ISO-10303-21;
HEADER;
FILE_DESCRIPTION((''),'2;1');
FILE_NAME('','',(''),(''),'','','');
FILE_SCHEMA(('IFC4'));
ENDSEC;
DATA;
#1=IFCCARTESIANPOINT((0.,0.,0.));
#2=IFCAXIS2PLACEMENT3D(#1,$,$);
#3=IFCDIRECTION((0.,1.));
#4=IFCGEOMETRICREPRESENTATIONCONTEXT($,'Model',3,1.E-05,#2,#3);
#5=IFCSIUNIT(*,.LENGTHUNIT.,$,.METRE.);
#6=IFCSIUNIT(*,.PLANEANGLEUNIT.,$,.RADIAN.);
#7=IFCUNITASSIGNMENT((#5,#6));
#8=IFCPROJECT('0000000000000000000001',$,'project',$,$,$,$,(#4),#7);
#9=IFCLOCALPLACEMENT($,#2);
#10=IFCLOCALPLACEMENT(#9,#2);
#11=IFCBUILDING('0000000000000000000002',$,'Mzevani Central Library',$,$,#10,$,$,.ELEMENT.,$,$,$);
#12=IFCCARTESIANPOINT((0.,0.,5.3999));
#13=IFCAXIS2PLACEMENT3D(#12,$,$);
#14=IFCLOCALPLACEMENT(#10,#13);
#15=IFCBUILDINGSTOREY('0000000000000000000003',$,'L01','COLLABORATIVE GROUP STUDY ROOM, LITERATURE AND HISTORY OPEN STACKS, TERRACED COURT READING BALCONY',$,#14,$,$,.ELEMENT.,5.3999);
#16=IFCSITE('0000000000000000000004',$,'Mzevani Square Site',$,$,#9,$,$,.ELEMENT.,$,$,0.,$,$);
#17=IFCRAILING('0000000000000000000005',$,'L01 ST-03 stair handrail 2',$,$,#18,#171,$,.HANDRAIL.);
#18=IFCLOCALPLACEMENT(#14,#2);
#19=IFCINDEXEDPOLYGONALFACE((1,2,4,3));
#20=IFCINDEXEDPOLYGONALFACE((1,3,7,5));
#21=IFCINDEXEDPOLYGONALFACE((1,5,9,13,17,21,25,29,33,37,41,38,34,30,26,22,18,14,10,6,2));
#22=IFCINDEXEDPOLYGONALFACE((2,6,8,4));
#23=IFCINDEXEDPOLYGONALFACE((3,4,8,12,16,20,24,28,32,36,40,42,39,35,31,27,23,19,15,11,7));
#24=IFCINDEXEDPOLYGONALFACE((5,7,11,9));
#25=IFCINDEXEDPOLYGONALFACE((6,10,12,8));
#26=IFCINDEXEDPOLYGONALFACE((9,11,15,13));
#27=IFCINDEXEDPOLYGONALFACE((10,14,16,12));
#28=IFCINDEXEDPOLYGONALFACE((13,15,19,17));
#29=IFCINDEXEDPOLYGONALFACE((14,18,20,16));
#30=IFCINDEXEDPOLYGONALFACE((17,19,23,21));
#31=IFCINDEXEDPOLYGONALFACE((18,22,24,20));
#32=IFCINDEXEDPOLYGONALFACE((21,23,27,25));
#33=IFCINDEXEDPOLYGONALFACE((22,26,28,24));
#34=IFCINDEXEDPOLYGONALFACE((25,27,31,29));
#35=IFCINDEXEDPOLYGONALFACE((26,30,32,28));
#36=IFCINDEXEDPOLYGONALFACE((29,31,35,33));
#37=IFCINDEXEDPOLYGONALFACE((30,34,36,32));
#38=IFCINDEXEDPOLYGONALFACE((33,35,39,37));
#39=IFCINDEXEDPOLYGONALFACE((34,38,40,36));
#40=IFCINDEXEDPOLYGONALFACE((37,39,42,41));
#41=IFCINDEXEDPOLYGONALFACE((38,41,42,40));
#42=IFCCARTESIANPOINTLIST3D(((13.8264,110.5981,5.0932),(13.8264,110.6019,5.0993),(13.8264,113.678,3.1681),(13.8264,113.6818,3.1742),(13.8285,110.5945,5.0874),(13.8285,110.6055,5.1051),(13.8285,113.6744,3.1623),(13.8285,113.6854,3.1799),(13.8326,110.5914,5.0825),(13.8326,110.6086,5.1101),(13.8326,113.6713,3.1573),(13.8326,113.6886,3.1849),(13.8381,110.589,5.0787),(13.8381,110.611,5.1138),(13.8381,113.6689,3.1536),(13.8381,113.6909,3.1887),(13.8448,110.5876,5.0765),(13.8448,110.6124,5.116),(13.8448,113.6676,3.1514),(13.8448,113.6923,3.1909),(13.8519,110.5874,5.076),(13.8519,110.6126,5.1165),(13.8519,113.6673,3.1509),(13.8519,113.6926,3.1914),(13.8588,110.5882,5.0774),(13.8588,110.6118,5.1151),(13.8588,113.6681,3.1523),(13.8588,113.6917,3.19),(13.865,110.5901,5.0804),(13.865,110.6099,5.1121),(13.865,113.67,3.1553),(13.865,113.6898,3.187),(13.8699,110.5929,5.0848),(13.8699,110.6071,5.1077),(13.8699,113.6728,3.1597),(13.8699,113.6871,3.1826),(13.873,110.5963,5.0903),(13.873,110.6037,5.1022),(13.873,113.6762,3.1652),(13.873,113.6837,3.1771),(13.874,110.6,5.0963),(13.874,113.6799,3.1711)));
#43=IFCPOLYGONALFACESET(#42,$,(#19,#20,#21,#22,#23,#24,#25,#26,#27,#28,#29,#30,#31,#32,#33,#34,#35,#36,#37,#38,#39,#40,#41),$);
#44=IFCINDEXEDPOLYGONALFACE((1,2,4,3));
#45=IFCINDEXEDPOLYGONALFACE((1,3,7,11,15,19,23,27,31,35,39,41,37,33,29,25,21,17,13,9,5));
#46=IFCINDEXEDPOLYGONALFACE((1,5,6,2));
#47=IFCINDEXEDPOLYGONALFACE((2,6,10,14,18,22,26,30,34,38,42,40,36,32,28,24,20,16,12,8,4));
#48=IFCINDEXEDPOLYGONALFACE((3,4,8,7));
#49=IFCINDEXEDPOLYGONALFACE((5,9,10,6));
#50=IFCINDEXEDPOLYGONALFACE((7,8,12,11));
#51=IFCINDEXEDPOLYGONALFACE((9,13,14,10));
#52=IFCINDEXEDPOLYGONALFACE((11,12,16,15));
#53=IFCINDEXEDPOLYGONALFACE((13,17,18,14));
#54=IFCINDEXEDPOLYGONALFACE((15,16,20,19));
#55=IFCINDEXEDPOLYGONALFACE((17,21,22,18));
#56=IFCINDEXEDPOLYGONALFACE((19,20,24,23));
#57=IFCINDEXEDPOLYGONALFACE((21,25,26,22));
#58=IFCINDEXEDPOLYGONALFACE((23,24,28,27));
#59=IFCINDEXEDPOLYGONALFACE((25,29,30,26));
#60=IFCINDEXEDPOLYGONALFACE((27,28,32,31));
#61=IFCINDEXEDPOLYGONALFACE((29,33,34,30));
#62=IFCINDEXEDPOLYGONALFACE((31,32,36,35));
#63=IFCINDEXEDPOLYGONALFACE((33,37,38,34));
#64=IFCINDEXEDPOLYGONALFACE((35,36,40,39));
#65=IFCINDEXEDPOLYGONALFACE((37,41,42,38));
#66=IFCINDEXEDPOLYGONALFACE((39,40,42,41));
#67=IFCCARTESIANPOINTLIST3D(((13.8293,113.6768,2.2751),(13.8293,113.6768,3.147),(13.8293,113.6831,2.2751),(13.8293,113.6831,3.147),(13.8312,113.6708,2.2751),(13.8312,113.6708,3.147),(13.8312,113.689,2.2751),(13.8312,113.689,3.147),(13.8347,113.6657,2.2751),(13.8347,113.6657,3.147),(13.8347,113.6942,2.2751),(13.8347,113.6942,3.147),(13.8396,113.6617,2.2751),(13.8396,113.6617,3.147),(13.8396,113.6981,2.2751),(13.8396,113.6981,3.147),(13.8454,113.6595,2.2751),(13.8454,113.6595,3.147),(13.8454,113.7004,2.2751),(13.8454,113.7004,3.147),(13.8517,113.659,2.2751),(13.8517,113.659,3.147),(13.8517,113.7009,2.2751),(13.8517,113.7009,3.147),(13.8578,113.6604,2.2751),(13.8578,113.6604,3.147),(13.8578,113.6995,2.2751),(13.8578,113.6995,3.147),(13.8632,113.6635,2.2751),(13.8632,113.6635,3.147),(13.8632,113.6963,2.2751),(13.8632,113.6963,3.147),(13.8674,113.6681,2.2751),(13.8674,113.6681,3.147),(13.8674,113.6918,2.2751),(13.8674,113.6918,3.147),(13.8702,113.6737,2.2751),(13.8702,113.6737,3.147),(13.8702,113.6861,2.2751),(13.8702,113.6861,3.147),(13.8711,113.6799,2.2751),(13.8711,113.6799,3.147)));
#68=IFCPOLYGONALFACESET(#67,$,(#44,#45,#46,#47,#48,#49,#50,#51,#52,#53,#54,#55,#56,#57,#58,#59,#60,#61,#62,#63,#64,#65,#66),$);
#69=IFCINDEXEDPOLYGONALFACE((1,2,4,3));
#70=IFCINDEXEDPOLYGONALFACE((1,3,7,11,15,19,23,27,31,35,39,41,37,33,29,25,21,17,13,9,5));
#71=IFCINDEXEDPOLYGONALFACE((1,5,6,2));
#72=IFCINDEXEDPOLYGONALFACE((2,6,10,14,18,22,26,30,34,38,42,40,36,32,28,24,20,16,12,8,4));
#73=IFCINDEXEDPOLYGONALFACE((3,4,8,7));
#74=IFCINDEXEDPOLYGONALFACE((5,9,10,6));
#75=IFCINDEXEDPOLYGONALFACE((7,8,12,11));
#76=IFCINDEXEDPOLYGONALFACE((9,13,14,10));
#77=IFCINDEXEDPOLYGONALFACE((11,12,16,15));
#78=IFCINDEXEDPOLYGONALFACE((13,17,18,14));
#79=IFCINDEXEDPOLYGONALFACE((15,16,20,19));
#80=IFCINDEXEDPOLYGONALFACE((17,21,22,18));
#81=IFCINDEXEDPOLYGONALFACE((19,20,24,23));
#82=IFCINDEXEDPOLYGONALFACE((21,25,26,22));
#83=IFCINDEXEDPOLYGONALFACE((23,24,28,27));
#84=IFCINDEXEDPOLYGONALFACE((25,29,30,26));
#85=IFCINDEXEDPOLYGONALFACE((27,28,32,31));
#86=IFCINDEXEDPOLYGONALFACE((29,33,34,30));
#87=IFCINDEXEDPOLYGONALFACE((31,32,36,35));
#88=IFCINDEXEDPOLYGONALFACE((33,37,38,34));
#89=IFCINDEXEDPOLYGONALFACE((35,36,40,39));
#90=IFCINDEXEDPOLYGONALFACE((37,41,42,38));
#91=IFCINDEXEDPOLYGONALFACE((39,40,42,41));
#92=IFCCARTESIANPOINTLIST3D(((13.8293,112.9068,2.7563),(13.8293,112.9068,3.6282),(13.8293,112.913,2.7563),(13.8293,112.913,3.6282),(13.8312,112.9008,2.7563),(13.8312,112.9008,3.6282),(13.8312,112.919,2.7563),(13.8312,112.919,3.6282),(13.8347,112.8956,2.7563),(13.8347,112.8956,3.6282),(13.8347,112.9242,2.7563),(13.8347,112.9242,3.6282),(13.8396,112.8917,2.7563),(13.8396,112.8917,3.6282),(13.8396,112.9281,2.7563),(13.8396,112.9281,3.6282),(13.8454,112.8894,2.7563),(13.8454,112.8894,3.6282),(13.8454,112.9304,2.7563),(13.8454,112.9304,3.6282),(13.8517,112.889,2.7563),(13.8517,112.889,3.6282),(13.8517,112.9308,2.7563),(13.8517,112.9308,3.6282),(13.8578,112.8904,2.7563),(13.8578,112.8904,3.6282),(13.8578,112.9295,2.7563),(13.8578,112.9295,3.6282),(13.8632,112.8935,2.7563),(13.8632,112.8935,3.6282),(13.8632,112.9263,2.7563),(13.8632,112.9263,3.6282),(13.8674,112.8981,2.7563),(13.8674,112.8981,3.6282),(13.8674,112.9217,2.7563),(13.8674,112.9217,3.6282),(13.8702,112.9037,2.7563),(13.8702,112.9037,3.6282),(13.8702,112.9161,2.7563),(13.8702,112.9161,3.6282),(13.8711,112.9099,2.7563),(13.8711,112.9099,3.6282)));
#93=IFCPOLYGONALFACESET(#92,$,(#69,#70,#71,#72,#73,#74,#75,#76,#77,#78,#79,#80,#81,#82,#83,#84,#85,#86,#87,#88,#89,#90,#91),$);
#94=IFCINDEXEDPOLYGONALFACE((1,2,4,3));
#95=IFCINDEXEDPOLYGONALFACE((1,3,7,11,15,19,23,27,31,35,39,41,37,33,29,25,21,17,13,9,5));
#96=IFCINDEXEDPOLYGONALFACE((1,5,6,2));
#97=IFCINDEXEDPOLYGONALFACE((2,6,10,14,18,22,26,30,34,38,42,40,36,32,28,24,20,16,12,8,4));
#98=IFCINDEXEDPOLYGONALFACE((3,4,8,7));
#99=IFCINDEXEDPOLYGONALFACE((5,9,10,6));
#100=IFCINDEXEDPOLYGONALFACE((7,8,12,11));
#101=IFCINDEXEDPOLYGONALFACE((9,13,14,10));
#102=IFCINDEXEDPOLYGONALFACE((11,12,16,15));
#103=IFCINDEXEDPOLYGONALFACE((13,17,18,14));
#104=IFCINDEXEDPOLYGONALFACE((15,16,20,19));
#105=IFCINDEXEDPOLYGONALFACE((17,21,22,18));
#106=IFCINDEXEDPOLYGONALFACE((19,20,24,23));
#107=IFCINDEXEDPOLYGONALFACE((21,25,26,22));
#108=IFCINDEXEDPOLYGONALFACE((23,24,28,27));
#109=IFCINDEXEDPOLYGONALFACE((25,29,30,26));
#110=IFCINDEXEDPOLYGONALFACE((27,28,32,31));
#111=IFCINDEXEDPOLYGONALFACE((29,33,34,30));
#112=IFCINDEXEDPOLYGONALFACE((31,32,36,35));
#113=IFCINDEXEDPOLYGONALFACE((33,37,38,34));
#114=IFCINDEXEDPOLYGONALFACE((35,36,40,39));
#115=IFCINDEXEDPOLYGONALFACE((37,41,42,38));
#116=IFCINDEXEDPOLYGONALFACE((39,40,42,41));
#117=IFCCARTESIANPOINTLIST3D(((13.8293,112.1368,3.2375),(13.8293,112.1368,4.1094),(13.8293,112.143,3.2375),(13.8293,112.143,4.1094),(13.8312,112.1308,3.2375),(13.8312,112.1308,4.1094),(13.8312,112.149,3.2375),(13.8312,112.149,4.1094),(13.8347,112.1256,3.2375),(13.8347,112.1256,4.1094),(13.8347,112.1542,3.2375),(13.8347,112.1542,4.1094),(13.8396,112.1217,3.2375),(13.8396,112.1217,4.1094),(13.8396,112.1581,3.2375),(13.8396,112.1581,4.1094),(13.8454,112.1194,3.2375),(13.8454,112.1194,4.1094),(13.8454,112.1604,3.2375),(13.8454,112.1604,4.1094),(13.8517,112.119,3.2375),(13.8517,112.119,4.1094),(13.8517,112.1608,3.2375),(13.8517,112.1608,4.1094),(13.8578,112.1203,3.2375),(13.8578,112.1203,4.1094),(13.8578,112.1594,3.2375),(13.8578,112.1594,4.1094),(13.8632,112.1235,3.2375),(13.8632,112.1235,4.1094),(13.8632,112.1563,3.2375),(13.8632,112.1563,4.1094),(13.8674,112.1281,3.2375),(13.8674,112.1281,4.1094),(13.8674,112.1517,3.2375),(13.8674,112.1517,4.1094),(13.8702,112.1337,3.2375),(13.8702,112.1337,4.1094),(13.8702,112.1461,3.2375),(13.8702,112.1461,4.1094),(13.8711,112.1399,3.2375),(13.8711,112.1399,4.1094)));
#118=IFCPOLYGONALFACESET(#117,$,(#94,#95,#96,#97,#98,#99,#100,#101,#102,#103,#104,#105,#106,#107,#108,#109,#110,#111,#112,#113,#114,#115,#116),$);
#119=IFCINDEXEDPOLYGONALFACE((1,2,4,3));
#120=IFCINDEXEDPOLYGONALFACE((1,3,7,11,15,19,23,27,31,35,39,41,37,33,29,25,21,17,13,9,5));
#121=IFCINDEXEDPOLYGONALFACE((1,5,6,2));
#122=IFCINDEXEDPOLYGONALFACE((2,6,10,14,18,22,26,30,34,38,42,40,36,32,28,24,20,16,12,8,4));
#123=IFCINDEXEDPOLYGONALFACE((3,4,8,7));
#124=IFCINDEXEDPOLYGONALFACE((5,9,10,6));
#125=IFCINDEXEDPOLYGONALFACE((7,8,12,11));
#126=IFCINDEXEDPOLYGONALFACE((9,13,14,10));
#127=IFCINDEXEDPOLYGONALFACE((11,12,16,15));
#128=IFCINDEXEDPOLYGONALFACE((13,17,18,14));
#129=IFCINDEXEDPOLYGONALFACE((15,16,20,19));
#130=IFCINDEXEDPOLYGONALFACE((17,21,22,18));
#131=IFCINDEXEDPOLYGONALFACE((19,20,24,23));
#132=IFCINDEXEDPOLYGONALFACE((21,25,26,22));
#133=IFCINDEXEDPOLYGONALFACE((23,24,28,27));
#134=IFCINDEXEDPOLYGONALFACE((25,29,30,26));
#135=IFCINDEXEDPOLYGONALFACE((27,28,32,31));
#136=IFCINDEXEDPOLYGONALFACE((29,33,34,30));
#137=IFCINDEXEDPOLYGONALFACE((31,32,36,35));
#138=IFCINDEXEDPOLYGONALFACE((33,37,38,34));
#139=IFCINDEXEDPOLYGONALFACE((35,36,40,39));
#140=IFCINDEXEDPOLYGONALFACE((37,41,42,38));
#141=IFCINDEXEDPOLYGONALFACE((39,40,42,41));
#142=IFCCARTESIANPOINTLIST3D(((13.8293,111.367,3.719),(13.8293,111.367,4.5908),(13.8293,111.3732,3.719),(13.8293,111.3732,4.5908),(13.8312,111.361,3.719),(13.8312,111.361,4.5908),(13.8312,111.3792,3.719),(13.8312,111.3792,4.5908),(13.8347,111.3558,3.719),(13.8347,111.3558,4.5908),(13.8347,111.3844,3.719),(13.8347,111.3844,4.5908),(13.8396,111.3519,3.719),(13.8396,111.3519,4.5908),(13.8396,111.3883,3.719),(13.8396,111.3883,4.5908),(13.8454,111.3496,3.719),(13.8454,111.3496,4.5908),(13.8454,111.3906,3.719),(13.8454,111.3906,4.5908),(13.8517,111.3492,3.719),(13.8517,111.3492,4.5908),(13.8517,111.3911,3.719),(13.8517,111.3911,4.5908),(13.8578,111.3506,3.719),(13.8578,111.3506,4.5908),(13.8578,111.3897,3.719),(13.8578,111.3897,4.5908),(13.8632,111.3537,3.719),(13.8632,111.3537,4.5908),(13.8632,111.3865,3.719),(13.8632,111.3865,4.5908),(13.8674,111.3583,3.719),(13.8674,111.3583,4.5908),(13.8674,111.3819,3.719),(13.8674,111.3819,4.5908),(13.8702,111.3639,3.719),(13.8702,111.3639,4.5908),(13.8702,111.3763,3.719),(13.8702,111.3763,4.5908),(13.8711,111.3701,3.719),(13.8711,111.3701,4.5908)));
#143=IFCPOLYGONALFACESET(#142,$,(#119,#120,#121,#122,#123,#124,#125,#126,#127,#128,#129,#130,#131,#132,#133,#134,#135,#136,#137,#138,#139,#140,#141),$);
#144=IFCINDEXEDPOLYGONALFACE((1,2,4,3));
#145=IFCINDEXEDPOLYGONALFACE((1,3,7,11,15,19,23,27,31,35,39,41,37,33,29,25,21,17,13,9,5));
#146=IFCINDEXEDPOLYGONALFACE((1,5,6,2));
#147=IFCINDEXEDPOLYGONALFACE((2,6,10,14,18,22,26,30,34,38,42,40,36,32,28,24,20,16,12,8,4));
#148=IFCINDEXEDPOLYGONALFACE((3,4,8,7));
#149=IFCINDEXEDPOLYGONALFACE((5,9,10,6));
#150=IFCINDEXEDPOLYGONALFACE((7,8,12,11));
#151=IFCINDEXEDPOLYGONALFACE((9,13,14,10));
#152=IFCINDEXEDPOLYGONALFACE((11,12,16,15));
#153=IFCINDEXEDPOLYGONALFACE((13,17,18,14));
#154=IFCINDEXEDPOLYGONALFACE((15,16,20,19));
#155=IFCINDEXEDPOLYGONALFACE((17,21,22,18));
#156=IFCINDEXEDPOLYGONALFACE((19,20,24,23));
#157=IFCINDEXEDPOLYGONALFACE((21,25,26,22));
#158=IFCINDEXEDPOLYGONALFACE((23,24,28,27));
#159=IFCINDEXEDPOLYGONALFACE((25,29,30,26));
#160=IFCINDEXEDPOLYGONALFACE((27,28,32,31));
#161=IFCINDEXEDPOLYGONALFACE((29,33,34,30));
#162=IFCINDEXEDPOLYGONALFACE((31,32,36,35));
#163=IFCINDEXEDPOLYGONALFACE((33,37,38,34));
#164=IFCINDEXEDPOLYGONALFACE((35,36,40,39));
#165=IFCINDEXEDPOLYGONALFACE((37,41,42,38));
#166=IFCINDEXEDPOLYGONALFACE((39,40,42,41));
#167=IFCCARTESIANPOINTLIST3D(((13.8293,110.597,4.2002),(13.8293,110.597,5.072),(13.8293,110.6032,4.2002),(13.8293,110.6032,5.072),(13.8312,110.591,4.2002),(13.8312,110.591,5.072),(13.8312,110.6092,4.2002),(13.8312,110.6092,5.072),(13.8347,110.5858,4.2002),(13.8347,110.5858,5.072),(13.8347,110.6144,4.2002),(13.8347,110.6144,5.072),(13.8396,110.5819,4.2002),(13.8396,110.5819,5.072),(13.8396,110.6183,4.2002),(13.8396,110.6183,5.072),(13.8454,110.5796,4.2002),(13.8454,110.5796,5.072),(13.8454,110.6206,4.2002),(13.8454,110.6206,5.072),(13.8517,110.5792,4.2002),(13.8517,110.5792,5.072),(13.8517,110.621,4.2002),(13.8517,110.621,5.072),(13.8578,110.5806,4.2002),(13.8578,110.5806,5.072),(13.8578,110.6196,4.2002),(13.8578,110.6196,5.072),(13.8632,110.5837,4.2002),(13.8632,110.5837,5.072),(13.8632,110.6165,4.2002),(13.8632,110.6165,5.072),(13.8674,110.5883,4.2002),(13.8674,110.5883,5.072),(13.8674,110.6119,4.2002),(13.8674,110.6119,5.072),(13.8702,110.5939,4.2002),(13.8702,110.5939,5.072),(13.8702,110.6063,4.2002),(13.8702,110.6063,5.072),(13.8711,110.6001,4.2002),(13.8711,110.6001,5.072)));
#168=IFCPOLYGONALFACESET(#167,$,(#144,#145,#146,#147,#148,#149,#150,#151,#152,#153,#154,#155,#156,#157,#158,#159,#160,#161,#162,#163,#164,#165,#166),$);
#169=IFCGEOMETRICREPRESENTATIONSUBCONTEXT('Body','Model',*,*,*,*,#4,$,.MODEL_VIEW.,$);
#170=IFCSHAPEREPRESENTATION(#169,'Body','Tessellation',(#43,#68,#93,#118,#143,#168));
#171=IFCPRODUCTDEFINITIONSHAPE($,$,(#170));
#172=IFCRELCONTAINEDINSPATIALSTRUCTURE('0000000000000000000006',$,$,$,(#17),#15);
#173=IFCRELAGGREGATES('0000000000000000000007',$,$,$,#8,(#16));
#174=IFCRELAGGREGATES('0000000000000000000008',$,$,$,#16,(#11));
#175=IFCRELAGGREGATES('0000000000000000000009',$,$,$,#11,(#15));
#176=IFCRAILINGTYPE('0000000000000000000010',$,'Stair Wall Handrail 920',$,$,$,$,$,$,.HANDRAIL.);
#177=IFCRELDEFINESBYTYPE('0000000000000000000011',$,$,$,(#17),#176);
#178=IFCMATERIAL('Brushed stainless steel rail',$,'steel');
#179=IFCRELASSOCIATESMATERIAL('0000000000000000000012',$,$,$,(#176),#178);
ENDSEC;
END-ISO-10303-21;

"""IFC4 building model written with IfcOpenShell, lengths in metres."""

from ifc_helpers import new_model, si_unit, direction, frame, origin, origin_2d, place, context, subcontext, project, spatial, circle, extrude, material, type_object, element, save


model = new_model("IFC4")

# Units and contexts
model_context = context("Model", 3, precision=1e-05, world=origin(), true_north=direction((0.0, 1.0)))
body_context = subcontext(model_context, "Body", "Model", "MODEL_VIEW")
ifc_project = project(units=[si_unit("LENGTHUNIT", "METRE"), si_unit("PLANEANGLEUNIT", "RADIAN")], contexts=[model_context])

# Site, building, storey
site_placement = place(None, origin())
site = spatial("IfcSite", under=ifc_project, at=site_placement, Name="Mzevani Square Site", CompositionType="ELEMENT", RefElevation=0.0)
building_placement = place(site_placement, origin())
building = spatial("IfcBuilding", under=site, at=building_placement, Name="Mzevani Central Library", CompositionType="ELEMENT")
storey_placement = place(building_placement, frame((0.0, 0.0, 5.3999)))
storey = spatial("IfcBuildingStorey", under=building, at=storey_placement, Name="L01", Description="COLLABORATIVE GROUP STUDY ROOM, LITERATURE AND HISTORY OPEN STACKS, TERRACED COURT READING BALCONY", CompositionType="ELEMENT", Elevation=5.3999)

# Railing
ifc_material_1 = material(Name="Brushed stainless steel rail", Category="steel")
railing_type_1 = type_object("IfcRailingType", Name="Stair Wall Handrail 920", PredefinedType="HANDRAIL", material=ifc_material_1)
railing_1_placement = place(storey_placement, frame((13.8501, 113.6799, 2.2751)))
element("IfcRailing", 1, at=railing_1_placement, inside=storey, type_object=railing_type_1, Name="L01 ST-03 stair handrail 2", PredefinedType="HANDRAIL", context=body_context, shape_type="SweptSolid", body=[
    extrude(circle(Radius=0.0239, at=origin_2d()), frame((0.0, 0.0, 0.896), z_axis=(0.0, -0.847979, 0.530029), x_axis=(1.0, 0.0, 0.0)), (0.0, 0.0, 1.0), 3.6321),
    extrude(circle(Radius=0.021, at=origin_2d()), origin(), (0.0, 0.0, 1.0), 0.8718),
    extrude(circle(Radius=0.021, at=origin_2d()), frame((0.0, -0.77, 0.4812)), (0.0, 0.0, 1.0), 0.8718),
    extrude(circle(Radius=0.021, at=origin_2d()), frame((0.0, -1.54, 0.9624)), (0.0, 0.0, 1.0), 0.8718),
    extrude(circle(Radius=0.021, at=origin_2d()), frame((0.0, -2.3098, 1.4438)), (0.0, 0.0, 1.0), 0.8718),
    extrude(circle(Radius=0.021, at=origin_2d()), frame((0.0, -3.0798, 1.925)), (0.0, 0.0, 1.0), 0.8718),
])

save(model, "model.ifc")
